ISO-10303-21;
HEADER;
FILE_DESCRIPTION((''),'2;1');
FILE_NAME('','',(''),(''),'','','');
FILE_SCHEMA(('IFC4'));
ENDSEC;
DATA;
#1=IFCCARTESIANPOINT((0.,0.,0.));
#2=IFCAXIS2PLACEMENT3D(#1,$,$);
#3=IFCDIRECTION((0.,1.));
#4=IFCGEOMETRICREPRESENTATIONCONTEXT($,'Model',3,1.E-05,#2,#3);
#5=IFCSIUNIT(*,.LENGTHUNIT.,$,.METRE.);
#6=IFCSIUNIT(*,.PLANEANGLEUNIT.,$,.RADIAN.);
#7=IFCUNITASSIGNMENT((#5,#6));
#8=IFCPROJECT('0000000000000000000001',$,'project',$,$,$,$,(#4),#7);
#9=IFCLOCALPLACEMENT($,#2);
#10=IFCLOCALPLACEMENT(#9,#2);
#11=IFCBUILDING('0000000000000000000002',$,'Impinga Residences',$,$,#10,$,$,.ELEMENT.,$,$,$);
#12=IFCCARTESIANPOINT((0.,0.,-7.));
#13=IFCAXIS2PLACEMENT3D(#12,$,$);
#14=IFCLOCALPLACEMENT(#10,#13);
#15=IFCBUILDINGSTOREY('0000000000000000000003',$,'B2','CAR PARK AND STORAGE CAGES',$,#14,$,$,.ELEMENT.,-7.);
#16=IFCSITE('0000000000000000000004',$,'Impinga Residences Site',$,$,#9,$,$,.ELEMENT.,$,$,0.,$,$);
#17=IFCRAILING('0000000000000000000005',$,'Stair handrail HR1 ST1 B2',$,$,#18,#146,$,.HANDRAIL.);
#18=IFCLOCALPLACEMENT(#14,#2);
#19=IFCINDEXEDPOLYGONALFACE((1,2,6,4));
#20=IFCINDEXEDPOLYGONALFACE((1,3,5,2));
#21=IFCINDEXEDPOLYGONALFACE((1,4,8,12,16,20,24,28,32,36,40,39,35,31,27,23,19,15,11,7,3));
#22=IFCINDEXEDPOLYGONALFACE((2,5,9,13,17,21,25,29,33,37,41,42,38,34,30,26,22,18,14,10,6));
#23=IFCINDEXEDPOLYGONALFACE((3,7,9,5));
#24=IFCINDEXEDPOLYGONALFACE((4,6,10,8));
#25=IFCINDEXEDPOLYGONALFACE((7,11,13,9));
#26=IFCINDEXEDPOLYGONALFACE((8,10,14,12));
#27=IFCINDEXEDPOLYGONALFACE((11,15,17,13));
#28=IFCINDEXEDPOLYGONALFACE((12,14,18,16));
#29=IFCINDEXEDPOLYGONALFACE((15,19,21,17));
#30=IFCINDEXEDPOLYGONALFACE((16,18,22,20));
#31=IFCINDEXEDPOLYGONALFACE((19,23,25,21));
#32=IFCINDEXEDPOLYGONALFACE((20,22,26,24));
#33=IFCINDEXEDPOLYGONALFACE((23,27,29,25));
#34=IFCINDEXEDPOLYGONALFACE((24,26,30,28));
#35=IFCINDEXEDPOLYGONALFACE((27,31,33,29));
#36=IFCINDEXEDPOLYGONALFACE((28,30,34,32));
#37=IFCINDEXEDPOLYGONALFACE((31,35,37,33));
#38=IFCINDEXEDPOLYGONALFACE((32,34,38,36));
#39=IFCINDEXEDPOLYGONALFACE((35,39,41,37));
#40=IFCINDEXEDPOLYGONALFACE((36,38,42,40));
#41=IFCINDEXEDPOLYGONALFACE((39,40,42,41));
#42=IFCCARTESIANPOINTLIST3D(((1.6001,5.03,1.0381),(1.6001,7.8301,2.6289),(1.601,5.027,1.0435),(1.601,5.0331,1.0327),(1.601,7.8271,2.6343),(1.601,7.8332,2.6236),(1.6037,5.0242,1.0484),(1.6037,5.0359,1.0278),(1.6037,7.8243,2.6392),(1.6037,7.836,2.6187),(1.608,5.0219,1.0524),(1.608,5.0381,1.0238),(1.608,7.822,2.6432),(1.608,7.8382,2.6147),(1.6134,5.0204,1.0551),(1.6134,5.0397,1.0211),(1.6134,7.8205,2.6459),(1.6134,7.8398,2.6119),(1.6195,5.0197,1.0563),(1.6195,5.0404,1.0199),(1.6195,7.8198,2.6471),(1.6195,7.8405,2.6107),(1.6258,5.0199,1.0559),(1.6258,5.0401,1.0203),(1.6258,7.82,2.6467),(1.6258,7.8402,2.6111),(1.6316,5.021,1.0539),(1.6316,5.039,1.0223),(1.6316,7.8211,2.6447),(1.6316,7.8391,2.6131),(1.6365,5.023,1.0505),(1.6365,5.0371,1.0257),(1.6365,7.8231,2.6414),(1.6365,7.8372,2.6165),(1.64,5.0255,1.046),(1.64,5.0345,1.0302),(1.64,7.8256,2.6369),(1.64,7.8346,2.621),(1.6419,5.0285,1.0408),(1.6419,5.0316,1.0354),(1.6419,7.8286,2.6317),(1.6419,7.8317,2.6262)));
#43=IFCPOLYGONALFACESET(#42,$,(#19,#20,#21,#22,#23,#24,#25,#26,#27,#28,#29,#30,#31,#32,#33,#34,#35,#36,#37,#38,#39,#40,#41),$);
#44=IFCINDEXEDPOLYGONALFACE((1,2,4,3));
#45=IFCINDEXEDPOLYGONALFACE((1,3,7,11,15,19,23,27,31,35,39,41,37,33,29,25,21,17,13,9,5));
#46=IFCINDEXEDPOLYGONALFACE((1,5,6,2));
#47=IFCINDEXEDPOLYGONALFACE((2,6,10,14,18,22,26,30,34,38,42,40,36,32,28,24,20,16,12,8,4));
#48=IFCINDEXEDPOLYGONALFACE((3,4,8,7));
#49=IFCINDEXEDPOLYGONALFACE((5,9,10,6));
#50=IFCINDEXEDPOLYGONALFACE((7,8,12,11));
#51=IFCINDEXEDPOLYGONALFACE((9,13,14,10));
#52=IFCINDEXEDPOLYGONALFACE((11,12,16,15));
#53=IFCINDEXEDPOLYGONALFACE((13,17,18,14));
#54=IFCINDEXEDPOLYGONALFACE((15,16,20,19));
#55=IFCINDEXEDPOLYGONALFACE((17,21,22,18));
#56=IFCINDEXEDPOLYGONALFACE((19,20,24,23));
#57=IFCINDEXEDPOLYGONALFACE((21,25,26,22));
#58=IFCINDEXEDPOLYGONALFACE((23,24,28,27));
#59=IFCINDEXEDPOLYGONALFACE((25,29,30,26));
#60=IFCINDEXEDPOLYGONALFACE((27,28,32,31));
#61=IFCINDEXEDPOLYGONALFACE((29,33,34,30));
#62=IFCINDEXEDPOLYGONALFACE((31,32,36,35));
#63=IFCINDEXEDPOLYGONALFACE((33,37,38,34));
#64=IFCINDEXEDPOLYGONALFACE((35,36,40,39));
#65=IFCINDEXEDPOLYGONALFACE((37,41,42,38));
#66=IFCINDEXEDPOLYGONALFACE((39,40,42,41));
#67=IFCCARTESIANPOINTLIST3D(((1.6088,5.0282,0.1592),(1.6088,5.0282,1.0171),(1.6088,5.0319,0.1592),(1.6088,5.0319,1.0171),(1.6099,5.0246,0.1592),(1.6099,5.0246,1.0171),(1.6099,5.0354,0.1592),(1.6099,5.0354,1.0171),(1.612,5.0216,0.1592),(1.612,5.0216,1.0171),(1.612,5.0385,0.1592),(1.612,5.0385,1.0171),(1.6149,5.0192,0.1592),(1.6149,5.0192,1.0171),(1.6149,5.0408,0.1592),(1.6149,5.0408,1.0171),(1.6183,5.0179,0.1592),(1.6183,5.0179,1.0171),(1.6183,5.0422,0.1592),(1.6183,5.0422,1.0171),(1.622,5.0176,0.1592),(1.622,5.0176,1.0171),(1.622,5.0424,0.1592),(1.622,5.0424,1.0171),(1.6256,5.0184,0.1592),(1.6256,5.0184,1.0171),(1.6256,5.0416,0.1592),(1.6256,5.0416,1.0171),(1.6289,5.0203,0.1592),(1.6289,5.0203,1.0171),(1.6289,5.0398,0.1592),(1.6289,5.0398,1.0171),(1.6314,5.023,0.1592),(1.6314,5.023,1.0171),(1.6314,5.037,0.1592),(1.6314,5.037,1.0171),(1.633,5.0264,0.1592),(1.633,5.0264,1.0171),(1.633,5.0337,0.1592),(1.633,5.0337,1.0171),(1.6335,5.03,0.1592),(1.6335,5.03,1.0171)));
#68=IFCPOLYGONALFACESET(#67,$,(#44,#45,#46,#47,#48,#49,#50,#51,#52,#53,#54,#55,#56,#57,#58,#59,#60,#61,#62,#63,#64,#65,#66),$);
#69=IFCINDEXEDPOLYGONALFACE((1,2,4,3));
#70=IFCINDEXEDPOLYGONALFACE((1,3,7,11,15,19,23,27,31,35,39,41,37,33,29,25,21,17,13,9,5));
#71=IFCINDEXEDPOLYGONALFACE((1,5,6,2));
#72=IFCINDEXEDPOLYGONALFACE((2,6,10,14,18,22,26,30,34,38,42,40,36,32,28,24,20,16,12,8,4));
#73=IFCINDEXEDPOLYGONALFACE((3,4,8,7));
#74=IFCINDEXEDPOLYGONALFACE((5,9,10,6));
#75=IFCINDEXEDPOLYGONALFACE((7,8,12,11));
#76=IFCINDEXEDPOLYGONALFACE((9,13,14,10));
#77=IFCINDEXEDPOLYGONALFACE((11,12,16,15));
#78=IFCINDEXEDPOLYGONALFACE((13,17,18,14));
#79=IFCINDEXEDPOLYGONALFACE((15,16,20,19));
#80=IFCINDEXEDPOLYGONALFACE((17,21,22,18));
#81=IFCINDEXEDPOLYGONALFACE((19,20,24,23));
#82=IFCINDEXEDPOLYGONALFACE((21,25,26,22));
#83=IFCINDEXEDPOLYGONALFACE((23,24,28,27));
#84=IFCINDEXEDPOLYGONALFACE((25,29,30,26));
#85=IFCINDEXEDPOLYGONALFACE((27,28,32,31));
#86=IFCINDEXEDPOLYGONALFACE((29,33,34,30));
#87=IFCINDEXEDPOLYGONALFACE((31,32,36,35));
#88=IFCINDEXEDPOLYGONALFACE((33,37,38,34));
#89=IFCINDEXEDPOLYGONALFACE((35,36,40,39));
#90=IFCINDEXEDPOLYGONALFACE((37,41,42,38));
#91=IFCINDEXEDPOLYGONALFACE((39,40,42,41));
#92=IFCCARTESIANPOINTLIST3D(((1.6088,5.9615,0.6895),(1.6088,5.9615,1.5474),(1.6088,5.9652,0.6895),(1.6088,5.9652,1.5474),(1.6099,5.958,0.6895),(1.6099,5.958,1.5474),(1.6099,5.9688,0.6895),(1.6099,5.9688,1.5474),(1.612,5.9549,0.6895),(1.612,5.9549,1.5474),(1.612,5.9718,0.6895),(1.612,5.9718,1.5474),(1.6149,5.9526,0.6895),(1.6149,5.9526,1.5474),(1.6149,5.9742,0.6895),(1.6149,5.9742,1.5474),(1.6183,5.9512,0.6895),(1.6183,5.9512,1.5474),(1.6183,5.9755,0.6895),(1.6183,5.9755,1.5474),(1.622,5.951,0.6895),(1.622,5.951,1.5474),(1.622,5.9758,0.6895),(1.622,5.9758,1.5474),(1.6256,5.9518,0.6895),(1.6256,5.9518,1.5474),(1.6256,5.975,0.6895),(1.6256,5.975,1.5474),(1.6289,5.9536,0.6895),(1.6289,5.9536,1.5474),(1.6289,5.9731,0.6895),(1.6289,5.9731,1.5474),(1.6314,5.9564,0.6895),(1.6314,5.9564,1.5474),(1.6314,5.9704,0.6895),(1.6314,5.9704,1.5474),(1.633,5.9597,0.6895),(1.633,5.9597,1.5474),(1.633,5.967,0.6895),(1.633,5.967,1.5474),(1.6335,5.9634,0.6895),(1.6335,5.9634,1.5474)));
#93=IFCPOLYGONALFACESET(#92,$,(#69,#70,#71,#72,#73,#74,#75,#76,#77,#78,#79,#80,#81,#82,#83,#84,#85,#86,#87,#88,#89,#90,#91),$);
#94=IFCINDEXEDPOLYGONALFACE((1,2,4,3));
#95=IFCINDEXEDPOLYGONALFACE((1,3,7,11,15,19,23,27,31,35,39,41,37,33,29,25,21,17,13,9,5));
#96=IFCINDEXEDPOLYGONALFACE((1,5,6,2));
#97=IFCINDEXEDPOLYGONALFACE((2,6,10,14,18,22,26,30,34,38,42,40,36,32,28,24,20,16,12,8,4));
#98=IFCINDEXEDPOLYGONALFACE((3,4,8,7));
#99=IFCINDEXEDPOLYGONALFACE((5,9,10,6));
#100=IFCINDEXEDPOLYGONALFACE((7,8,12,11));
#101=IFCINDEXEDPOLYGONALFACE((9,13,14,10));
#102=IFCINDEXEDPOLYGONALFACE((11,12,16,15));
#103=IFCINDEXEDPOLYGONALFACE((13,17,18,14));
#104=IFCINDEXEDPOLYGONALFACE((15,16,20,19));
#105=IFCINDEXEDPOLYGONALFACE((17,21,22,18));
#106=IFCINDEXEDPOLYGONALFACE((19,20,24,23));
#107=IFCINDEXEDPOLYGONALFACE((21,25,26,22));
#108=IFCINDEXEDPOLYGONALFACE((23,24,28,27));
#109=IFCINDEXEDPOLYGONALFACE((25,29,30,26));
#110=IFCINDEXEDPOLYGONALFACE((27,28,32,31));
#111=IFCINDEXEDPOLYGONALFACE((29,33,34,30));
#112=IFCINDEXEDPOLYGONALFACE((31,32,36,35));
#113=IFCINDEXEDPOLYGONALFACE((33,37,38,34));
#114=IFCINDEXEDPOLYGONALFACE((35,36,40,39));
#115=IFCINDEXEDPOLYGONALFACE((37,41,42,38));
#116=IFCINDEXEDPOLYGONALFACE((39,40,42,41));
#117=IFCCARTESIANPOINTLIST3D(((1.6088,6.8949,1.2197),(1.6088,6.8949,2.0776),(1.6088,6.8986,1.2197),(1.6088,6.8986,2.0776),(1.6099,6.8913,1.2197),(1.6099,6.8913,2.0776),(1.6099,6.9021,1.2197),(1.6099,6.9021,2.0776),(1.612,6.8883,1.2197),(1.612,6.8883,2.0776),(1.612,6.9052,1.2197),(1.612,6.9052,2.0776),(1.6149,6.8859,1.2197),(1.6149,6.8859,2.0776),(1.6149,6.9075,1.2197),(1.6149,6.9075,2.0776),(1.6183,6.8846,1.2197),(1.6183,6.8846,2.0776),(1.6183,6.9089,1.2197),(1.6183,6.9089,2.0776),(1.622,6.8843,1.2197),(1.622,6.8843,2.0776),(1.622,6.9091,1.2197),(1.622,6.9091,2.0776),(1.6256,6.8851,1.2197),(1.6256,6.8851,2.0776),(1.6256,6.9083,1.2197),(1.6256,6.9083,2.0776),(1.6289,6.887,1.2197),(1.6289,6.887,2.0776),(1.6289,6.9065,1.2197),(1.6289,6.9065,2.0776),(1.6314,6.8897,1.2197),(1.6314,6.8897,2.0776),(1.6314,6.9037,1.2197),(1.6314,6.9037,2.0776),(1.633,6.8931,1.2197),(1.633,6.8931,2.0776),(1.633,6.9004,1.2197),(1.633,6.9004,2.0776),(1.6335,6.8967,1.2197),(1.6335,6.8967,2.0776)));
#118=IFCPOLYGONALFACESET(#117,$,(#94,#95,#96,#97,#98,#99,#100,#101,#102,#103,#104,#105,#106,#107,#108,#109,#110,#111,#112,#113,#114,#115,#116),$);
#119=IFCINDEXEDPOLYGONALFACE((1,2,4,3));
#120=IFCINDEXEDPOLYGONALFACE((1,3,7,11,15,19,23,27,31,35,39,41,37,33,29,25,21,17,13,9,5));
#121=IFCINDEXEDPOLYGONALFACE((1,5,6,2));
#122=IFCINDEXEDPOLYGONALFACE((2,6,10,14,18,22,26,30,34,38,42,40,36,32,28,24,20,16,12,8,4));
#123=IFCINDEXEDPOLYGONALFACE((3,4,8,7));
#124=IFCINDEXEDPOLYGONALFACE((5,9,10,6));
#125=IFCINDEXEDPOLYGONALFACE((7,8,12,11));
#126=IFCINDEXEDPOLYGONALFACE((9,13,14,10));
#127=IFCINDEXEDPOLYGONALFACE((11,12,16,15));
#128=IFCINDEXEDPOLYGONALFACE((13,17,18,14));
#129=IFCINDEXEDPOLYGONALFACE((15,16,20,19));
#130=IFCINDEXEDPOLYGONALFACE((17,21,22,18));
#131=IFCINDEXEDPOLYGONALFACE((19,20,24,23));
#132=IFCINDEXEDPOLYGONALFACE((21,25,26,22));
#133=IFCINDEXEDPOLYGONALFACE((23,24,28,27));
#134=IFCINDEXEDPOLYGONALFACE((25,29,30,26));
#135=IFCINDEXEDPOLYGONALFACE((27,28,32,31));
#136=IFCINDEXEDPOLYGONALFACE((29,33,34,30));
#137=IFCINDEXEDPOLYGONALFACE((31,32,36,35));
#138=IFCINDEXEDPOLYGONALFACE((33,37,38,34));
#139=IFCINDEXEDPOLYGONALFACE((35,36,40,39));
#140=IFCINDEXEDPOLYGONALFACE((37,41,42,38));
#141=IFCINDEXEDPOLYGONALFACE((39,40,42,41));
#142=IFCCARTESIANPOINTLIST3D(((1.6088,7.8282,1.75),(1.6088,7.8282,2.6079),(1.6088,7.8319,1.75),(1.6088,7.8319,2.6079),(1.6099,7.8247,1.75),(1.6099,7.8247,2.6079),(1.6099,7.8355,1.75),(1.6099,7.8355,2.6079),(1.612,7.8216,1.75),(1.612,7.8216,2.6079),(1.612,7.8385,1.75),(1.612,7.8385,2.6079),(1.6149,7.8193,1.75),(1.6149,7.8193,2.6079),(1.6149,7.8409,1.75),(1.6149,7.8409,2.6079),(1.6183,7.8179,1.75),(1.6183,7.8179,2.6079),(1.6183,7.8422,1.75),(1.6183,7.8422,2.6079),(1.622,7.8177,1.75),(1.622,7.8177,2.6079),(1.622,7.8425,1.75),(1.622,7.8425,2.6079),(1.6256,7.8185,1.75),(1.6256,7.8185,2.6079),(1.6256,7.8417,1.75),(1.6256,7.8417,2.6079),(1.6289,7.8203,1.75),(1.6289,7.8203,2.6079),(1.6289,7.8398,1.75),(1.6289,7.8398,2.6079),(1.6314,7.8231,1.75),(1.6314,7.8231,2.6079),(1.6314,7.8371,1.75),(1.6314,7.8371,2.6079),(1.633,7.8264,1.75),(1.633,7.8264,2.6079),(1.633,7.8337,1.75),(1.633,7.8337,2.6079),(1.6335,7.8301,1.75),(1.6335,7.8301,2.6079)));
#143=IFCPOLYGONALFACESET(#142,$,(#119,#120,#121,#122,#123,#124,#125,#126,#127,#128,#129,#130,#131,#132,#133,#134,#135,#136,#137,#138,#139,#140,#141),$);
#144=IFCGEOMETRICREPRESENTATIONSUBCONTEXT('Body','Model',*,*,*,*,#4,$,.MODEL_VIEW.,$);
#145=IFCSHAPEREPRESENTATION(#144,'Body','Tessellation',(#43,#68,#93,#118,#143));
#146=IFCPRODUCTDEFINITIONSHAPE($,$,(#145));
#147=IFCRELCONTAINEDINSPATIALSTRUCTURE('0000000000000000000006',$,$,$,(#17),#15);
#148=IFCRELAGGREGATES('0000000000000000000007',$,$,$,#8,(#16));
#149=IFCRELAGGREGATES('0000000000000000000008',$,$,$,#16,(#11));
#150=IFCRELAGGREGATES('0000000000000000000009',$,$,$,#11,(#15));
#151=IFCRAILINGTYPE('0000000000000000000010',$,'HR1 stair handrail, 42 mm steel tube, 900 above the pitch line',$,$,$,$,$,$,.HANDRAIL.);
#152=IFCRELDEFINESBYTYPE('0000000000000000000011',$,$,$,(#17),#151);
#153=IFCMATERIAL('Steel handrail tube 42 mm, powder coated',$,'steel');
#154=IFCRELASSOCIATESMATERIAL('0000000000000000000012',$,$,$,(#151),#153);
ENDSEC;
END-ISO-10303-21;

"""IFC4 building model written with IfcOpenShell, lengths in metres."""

from ifc_helpers import new_model, si_unit, direction, frame, origin, origin_2d, place, context, subcontext, project, spatial, circle, extrude, material, type_object, element, save


model = new_model("IFC4")

# Units and contexts
model_context = context("Model", 3, precision=1e-05, world=origin(), true_north=direction((0.0, 1.0)))
body_context = subcontext(model_context, "Body", "Model", "MODEL_VIEW")
ifc_project = project(units=[si_unit("LENGTHUNIT", "METRE"), si_unit("PLANEANGLEUNIT", "RADIAN")], contexts=[model_context])

# Site, building, storey
site_placement = place(None, origin())
site = spatial("IfcSite", under=ifc_project, at=site_placement, Name="Impinga Residences Site", CompositionType="ELEMENT", RefElevation=0.0)
building_placement = place(site_placement, origin())
building = spatial("IfcBuilding", under=site, at=building_placement, Name="Impinga Residences", CompositionType="ELEMENT")
storey_placement = place(building_placement, frame((0.0, 0.0, -7.0)))
storey = spatial("IfcBuildingStorey", under=building, at=storey_placement, Name="B2", Description="CAR PARK AND STORAGE CAGES", CompositionType="ELEMENT", Elevation=-7.0)

# Railing
ifc_material_1 = material(Name="Steel handrail tube 42 mm, powder coated", Category="steel")
railing_type = type_object("IfcRailingType", Name="HR1 stair handrail, 42 mm steel tube, 900 above the pitch line", PredefinedType="HANDRAIL", material=ifc_material_1)
railing_1_placement = place(storey_placement, frame((1.6211, 5.03, 0.1592)))
element("IfcRailing", 1, at=railing_1_placement, inside=storey, type_object=railing_type, Name="Stair handrail HR1 ST1 B2", PredefinedType="HANDRAIL", context=body_context, shape_type="SweptSolid", body=[
    extrude(circle(Radius=0.021, at=origin_2d()), frame((0.0, 0.0, 0.8789), z_axis=(0.0, 0.869472, 0.493982), x_axis=(-1.0, 0.0, 0.0)), (0.0, 0.0, 1.0), 3.2205),
    extrude(circle(Radius=0.0125, at=origin_2d()), origin(), (0.0, 0.0, 1.0), 0.8579),
    extrude(circle(Radius=0.0125, at=origin_2d()), frame((0.0, 0.9333, 0.5303)), (0.0, 0.0, 1.0), 0.8579),
    extrude(circle(Radius=0.0125, at=origin_2d()), frame((0.0, 1.8667, 1.0605)), (0.0, 0.0, 1.0), 0.8579),
    extrude(circle(Radius=0.0125, at=origin_2d()), frame((0.0, 2.8, 1.5908)), (0.0, 0.0, 1.0), 0.8579),
])

save(model, "model.ifc")
